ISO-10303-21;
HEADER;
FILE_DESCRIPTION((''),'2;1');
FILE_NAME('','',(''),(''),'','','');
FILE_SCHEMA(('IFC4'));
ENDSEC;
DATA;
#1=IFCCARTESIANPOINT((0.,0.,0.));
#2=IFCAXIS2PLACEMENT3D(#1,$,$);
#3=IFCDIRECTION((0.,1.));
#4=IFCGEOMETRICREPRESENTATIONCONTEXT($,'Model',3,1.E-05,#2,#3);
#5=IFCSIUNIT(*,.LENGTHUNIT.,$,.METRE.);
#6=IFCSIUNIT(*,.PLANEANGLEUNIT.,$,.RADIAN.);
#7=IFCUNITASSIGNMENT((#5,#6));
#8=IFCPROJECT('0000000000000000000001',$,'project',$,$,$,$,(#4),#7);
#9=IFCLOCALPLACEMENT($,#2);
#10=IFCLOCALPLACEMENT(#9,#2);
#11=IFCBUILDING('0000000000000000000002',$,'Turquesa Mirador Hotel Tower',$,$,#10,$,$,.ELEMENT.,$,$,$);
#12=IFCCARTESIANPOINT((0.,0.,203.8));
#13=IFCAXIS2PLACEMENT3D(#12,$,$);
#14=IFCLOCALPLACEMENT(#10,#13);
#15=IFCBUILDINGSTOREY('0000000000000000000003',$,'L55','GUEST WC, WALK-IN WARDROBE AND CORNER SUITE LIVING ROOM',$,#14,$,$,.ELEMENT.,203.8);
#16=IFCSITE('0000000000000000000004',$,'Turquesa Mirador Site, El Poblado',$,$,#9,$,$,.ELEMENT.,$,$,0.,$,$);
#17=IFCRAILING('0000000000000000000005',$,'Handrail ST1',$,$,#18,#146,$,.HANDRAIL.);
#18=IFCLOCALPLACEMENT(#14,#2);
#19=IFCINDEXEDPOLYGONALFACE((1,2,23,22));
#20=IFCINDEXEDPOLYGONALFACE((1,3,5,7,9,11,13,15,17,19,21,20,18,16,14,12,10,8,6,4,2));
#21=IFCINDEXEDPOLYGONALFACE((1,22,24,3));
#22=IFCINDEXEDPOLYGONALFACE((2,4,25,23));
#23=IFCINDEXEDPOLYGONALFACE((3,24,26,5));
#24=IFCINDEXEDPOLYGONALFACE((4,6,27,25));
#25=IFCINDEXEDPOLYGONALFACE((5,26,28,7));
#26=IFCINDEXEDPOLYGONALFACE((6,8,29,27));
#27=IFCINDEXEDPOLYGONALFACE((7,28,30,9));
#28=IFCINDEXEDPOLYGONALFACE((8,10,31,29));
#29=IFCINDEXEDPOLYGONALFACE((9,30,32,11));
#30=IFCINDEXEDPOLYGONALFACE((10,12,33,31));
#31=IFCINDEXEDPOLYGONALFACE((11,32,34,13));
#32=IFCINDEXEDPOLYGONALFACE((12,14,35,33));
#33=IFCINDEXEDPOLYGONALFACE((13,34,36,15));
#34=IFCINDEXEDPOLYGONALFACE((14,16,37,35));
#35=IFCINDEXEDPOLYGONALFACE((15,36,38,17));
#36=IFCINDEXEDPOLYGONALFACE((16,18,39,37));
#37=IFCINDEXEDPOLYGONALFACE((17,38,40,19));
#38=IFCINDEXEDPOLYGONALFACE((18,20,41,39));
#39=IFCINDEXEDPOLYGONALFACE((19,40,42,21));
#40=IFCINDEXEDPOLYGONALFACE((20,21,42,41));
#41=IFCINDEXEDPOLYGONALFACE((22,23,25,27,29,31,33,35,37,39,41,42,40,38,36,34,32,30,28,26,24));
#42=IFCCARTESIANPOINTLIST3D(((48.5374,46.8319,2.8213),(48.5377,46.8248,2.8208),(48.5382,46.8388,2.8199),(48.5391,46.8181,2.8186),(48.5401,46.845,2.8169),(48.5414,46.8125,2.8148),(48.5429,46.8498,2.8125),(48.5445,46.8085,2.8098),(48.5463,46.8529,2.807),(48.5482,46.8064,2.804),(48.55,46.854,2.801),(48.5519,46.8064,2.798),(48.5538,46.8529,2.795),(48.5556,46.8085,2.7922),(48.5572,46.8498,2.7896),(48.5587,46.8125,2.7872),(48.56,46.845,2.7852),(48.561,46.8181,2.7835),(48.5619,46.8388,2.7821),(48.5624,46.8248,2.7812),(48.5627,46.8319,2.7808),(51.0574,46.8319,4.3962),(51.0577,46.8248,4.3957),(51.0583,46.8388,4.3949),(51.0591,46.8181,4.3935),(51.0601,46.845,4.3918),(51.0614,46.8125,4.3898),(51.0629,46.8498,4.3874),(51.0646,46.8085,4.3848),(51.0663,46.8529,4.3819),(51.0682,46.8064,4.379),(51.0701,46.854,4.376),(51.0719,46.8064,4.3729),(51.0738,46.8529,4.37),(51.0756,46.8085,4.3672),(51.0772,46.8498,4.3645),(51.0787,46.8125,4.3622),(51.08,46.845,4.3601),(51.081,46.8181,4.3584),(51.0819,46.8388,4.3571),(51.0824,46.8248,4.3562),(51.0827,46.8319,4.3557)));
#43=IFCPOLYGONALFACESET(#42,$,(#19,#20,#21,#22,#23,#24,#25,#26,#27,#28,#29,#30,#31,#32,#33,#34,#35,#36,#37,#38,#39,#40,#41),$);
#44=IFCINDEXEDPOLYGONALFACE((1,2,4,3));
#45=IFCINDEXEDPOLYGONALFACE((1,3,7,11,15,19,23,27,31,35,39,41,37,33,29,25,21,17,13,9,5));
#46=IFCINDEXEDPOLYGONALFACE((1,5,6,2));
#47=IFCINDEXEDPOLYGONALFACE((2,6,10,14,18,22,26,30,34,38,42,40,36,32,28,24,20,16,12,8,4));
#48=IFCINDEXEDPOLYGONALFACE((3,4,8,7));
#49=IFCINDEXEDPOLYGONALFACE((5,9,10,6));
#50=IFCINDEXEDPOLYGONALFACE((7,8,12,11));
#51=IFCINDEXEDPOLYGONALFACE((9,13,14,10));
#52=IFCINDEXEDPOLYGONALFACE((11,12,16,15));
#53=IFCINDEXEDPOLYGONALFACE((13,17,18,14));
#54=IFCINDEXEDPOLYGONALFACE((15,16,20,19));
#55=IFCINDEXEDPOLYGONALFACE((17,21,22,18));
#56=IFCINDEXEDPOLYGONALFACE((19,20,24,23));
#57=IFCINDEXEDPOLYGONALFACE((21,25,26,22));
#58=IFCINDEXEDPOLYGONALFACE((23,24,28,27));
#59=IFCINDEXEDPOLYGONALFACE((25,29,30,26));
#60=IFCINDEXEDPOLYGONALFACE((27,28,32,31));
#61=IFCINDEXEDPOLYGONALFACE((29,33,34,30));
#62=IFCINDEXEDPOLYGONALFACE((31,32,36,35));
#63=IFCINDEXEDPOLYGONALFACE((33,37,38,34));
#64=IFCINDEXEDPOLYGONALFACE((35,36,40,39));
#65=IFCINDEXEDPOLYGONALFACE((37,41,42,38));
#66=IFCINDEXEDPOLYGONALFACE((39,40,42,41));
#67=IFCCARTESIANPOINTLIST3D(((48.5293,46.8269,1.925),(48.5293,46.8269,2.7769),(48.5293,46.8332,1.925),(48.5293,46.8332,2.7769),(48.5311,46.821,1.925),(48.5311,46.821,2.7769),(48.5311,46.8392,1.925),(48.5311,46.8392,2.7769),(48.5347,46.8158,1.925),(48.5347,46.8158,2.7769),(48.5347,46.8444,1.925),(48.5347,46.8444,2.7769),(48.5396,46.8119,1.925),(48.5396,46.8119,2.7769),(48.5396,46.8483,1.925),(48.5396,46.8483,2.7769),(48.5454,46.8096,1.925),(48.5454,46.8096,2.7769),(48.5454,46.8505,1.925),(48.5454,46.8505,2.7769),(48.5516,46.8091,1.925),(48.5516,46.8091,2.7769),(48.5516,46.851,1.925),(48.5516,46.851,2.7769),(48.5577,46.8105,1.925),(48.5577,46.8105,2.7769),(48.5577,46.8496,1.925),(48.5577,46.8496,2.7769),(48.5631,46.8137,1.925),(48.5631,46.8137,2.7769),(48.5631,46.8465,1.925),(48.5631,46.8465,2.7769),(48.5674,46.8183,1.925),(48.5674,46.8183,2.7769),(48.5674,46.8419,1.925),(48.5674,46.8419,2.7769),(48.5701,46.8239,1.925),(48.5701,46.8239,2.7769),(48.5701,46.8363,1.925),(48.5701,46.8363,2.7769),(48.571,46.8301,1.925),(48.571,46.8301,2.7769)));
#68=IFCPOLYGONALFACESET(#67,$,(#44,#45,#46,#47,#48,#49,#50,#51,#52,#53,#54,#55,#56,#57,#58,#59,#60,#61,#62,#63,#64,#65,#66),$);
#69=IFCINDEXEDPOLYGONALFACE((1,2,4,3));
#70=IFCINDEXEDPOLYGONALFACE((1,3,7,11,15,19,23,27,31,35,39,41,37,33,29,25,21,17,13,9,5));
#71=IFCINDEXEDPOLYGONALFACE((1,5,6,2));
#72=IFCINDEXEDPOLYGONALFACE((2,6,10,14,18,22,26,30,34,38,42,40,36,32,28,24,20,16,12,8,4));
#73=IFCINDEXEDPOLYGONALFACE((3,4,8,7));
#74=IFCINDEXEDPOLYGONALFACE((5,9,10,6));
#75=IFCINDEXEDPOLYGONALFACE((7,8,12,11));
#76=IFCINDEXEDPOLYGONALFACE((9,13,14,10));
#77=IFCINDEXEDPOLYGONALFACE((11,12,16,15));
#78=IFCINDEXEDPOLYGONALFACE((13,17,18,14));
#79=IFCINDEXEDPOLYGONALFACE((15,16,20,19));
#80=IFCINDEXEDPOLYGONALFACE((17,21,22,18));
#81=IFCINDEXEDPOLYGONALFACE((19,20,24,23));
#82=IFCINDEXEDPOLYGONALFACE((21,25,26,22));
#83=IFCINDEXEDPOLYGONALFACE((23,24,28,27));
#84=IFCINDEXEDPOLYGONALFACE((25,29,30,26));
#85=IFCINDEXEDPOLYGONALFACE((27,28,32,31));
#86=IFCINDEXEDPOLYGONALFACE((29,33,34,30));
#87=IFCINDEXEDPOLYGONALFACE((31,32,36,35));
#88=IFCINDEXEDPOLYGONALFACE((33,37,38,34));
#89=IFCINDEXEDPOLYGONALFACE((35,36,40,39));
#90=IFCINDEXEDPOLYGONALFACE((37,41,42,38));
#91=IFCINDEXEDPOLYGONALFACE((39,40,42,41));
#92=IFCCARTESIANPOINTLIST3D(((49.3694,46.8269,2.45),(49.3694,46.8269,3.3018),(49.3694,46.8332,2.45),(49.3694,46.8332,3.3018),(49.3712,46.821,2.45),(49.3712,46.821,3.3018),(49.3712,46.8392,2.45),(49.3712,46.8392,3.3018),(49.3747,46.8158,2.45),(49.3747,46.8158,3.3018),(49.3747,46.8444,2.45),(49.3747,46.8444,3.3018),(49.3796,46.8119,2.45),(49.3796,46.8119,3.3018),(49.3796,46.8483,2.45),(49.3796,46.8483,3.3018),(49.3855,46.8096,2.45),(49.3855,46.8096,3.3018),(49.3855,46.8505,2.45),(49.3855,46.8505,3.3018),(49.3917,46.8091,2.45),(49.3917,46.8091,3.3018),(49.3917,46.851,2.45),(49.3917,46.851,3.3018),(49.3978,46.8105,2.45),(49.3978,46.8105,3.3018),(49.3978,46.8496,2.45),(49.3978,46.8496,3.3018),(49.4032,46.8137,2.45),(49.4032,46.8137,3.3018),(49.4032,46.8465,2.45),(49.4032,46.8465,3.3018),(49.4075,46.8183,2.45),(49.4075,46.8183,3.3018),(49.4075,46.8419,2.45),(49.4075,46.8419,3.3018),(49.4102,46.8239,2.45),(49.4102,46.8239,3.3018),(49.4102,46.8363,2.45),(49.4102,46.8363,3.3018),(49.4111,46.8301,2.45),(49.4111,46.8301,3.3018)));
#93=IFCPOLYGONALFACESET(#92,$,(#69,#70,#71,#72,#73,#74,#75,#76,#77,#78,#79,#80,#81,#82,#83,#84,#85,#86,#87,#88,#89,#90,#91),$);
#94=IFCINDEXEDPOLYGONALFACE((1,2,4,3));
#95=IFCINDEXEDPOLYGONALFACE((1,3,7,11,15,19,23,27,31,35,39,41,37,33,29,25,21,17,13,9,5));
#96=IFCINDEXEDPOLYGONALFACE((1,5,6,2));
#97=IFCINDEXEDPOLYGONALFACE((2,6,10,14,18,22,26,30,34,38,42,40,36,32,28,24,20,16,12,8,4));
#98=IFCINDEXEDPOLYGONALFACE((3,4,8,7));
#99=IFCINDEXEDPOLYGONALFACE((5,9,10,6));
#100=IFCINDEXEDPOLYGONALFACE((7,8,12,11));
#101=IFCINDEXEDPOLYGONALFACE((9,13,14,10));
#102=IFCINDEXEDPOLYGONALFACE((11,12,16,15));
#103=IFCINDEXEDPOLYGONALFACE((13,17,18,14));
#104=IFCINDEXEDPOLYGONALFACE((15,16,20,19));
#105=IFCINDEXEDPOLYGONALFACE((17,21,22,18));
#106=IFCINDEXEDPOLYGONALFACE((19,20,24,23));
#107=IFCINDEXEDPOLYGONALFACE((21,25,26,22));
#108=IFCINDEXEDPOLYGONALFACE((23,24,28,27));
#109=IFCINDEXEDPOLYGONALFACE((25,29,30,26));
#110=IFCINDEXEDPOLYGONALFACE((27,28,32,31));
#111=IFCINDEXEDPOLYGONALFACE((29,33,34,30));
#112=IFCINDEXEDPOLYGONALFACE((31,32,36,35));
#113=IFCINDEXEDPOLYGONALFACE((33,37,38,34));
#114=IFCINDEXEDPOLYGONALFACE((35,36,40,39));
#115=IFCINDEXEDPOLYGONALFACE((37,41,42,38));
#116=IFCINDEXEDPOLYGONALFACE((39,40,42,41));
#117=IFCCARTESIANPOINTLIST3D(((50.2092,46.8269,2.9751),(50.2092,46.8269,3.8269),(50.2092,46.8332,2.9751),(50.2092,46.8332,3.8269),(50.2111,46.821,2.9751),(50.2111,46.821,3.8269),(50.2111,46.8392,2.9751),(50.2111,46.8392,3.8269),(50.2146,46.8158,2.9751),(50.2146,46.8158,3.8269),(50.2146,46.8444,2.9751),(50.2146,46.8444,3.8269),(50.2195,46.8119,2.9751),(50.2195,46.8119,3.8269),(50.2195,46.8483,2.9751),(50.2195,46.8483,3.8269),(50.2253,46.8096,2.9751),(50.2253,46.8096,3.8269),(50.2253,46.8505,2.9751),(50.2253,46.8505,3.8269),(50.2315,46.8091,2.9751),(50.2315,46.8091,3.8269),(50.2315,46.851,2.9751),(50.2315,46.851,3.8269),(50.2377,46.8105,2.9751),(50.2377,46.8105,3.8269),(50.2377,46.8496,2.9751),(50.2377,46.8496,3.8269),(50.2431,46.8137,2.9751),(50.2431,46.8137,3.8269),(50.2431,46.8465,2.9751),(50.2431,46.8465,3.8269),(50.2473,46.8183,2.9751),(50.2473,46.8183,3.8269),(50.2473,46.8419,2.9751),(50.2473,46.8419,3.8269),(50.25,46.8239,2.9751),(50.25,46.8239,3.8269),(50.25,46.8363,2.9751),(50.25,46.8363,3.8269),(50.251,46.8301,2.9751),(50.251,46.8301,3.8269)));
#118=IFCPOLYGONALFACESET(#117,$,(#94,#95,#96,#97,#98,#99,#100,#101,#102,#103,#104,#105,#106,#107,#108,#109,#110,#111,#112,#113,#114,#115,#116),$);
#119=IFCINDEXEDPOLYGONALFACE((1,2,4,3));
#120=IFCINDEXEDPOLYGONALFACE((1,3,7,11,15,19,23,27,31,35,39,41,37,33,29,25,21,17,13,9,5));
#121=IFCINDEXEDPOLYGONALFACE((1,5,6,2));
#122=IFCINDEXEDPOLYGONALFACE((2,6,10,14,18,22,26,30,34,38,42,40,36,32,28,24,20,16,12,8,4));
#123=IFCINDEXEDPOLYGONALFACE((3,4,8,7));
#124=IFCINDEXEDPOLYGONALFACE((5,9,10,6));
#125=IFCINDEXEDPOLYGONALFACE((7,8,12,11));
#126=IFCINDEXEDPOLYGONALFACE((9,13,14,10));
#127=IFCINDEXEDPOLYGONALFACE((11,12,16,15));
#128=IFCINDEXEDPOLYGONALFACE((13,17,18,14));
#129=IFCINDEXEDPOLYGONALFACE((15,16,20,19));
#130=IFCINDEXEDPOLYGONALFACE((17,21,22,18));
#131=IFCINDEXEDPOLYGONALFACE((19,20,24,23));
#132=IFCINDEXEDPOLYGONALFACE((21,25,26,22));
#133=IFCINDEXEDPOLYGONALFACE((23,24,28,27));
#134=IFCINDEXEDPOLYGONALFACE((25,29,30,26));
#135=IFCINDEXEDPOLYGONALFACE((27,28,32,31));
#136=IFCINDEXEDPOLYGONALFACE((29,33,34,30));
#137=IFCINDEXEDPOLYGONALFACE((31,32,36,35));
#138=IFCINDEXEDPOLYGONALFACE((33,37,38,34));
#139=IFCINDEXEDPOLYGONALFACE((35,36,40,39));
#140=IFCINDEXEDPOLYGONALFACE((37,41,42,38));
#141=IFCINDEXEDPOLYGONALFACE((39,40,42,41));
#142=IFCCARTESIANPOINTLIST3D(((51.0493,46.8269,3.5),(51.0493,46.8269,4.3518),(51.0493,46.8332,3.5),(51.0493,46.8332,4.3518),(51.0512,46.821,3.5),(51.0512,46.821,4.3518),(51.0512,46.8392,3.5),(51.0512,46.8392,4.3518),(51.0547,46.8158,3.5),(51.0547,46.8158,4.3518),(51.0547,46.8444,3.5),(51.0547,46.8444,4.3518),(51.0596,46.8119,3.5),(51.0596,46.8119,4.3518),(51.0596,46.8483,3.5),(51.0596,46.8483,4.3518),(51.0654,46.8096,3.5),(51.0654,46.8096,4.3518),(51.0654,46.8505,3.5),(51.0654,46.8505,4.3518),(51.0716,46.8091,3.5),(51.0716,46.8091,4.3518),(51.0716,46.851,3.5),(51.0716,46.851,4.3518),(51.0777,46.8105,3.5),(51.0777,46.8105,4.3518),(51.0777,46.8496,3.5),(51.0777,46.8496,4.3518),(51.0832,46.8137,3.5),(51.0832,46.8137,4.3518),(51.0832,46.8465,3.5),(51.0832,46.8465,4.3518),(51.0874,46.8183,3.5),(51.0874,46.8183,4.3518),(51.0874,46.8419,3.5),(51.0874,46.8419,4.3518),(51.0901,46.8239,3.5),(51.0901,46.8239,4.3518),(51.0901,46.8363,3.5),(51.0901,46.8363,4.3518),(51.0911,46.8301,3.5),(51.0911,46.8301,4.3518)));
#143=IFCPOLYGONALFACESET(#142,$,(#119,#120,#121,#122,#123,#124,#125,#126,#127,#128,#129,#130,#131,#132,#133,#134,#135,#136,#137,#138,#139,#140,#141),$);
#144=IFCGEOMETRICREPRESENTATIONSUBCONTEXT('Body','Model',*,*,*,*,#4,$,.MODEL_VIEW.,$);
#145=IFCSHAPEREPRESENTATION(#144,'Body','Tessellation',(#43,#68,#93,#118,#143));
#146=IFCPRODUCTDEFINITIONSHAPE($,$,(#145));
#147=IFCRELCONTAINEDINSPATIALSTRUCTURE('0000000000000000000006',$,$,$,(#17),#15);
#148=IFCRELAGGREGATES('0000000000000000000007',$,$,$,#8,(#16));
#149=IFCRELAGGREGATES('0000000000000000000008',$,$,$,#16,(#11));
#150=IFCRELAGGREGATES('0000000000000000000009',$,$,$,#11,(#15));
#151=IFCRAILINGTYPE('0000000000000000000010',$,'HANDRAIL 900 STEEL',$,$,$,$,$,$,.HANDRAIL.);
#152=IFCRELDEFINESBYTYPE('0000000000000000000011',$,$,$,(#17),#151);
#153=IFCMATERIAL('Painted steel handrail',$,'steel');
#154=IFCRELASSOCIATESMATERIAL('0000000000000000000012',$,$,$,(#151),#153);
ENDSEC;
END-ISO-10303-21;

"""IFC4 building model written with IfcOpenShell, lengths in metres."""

from ifc_helpers import new_model, si_unit, direction, frame, origin, origin_2d, place, context, subcontext, project, spatial, circle, extrude, material, type_object, element, save


model = new_model("IFC4")

# Units and contexts
model_context = context("Model", 3, precision=1e-05, world=origin(), true_north=direction((0.0, 1.0)))
body_context = subcontext(model_context, "Body", "Model", "MODEL_VIEW")
ifc_project = project(units=[si_unit("LENGTHUNIT", "METRE"), si_unit("PLANEANGLEUNIT", "RADIAN")], contexts=[model_context])

# Site, building, storey
site_placement = place(None, origin())
site = spatial("IfcSite", under=ifc_project, at=site_placement, Name="Turquesa Mirador Site, El Poblado", CompositionType="ELEMENT", RefElevation=0.0)
building_placement = place(site_placement, origin())
building = spatial("IfcBuilding", under=site, at=building_placement, Name="Turquesa Mirador Hotel Tower", CompositionType="ELEMENT")
storey_placement = place(building_placement, frame((0.0, 0.0, 203.8)))
storey = spatial("IfcBuildingStorey", under=building, at=storey_placement, Name="L55", Description="GUEST WC, WALK-IN WARDROBE AND CORNER SUITE LIVING ROOM", CompositionType="ELEMENT", Elevation=203.8)

# Railing
ifc_material_1 = material(Name="Painted steel handrail", Category="steel")
railing_type = type_object("IfcRailingType", Name="HANDRAIL 900 STEEL", PredefinedType="HANDRAIL", material=ifc_material_1)
railing_1_placement = place(storey_placement, frame((48.55, 46.8301, 1.925)))
element("IfcRailing", 1, at=railing_1_placement, inside=storey, type_object=railing_type, Name="Handrail ST1", PredefinedType="HANDRAIL", context=body_context, shape_type="SweptSolid", body=[
    extrude(circle(Radius=0.0239, at=origin_2d()), frame((0.0, 0.0, 0.876), z_axis=(0.848008, 0.0, 0.529984), x_axis=(0.0, 1.0, 0.0)), (0.0, 0.0, 1.0), 2.9717),
    extrude(circle(Radius=0.021, at=origin_2d()), origin(), (0.0, 0.0, 1.0), 0.8518),
    extrude(circle(Radius=0.021, at=origin_2d()), frame((0.8401, 0.0, 0.5249)), (0.0, 0.0, 1.0), 0.8518),
    extrude(circle(Radius=0.021, at=origin_2d()), frame((1.6799, 0.0, 1.05)), (0.0, 0.0, 1.0), 0.8518),
    extrude(circle(Radius=0.021, at=origin_2d()), frame((2.52, 0.0, 1.575)), (0.0, 0.0, 1.0), 0.8518),
])

save(model, "model.ifc")
